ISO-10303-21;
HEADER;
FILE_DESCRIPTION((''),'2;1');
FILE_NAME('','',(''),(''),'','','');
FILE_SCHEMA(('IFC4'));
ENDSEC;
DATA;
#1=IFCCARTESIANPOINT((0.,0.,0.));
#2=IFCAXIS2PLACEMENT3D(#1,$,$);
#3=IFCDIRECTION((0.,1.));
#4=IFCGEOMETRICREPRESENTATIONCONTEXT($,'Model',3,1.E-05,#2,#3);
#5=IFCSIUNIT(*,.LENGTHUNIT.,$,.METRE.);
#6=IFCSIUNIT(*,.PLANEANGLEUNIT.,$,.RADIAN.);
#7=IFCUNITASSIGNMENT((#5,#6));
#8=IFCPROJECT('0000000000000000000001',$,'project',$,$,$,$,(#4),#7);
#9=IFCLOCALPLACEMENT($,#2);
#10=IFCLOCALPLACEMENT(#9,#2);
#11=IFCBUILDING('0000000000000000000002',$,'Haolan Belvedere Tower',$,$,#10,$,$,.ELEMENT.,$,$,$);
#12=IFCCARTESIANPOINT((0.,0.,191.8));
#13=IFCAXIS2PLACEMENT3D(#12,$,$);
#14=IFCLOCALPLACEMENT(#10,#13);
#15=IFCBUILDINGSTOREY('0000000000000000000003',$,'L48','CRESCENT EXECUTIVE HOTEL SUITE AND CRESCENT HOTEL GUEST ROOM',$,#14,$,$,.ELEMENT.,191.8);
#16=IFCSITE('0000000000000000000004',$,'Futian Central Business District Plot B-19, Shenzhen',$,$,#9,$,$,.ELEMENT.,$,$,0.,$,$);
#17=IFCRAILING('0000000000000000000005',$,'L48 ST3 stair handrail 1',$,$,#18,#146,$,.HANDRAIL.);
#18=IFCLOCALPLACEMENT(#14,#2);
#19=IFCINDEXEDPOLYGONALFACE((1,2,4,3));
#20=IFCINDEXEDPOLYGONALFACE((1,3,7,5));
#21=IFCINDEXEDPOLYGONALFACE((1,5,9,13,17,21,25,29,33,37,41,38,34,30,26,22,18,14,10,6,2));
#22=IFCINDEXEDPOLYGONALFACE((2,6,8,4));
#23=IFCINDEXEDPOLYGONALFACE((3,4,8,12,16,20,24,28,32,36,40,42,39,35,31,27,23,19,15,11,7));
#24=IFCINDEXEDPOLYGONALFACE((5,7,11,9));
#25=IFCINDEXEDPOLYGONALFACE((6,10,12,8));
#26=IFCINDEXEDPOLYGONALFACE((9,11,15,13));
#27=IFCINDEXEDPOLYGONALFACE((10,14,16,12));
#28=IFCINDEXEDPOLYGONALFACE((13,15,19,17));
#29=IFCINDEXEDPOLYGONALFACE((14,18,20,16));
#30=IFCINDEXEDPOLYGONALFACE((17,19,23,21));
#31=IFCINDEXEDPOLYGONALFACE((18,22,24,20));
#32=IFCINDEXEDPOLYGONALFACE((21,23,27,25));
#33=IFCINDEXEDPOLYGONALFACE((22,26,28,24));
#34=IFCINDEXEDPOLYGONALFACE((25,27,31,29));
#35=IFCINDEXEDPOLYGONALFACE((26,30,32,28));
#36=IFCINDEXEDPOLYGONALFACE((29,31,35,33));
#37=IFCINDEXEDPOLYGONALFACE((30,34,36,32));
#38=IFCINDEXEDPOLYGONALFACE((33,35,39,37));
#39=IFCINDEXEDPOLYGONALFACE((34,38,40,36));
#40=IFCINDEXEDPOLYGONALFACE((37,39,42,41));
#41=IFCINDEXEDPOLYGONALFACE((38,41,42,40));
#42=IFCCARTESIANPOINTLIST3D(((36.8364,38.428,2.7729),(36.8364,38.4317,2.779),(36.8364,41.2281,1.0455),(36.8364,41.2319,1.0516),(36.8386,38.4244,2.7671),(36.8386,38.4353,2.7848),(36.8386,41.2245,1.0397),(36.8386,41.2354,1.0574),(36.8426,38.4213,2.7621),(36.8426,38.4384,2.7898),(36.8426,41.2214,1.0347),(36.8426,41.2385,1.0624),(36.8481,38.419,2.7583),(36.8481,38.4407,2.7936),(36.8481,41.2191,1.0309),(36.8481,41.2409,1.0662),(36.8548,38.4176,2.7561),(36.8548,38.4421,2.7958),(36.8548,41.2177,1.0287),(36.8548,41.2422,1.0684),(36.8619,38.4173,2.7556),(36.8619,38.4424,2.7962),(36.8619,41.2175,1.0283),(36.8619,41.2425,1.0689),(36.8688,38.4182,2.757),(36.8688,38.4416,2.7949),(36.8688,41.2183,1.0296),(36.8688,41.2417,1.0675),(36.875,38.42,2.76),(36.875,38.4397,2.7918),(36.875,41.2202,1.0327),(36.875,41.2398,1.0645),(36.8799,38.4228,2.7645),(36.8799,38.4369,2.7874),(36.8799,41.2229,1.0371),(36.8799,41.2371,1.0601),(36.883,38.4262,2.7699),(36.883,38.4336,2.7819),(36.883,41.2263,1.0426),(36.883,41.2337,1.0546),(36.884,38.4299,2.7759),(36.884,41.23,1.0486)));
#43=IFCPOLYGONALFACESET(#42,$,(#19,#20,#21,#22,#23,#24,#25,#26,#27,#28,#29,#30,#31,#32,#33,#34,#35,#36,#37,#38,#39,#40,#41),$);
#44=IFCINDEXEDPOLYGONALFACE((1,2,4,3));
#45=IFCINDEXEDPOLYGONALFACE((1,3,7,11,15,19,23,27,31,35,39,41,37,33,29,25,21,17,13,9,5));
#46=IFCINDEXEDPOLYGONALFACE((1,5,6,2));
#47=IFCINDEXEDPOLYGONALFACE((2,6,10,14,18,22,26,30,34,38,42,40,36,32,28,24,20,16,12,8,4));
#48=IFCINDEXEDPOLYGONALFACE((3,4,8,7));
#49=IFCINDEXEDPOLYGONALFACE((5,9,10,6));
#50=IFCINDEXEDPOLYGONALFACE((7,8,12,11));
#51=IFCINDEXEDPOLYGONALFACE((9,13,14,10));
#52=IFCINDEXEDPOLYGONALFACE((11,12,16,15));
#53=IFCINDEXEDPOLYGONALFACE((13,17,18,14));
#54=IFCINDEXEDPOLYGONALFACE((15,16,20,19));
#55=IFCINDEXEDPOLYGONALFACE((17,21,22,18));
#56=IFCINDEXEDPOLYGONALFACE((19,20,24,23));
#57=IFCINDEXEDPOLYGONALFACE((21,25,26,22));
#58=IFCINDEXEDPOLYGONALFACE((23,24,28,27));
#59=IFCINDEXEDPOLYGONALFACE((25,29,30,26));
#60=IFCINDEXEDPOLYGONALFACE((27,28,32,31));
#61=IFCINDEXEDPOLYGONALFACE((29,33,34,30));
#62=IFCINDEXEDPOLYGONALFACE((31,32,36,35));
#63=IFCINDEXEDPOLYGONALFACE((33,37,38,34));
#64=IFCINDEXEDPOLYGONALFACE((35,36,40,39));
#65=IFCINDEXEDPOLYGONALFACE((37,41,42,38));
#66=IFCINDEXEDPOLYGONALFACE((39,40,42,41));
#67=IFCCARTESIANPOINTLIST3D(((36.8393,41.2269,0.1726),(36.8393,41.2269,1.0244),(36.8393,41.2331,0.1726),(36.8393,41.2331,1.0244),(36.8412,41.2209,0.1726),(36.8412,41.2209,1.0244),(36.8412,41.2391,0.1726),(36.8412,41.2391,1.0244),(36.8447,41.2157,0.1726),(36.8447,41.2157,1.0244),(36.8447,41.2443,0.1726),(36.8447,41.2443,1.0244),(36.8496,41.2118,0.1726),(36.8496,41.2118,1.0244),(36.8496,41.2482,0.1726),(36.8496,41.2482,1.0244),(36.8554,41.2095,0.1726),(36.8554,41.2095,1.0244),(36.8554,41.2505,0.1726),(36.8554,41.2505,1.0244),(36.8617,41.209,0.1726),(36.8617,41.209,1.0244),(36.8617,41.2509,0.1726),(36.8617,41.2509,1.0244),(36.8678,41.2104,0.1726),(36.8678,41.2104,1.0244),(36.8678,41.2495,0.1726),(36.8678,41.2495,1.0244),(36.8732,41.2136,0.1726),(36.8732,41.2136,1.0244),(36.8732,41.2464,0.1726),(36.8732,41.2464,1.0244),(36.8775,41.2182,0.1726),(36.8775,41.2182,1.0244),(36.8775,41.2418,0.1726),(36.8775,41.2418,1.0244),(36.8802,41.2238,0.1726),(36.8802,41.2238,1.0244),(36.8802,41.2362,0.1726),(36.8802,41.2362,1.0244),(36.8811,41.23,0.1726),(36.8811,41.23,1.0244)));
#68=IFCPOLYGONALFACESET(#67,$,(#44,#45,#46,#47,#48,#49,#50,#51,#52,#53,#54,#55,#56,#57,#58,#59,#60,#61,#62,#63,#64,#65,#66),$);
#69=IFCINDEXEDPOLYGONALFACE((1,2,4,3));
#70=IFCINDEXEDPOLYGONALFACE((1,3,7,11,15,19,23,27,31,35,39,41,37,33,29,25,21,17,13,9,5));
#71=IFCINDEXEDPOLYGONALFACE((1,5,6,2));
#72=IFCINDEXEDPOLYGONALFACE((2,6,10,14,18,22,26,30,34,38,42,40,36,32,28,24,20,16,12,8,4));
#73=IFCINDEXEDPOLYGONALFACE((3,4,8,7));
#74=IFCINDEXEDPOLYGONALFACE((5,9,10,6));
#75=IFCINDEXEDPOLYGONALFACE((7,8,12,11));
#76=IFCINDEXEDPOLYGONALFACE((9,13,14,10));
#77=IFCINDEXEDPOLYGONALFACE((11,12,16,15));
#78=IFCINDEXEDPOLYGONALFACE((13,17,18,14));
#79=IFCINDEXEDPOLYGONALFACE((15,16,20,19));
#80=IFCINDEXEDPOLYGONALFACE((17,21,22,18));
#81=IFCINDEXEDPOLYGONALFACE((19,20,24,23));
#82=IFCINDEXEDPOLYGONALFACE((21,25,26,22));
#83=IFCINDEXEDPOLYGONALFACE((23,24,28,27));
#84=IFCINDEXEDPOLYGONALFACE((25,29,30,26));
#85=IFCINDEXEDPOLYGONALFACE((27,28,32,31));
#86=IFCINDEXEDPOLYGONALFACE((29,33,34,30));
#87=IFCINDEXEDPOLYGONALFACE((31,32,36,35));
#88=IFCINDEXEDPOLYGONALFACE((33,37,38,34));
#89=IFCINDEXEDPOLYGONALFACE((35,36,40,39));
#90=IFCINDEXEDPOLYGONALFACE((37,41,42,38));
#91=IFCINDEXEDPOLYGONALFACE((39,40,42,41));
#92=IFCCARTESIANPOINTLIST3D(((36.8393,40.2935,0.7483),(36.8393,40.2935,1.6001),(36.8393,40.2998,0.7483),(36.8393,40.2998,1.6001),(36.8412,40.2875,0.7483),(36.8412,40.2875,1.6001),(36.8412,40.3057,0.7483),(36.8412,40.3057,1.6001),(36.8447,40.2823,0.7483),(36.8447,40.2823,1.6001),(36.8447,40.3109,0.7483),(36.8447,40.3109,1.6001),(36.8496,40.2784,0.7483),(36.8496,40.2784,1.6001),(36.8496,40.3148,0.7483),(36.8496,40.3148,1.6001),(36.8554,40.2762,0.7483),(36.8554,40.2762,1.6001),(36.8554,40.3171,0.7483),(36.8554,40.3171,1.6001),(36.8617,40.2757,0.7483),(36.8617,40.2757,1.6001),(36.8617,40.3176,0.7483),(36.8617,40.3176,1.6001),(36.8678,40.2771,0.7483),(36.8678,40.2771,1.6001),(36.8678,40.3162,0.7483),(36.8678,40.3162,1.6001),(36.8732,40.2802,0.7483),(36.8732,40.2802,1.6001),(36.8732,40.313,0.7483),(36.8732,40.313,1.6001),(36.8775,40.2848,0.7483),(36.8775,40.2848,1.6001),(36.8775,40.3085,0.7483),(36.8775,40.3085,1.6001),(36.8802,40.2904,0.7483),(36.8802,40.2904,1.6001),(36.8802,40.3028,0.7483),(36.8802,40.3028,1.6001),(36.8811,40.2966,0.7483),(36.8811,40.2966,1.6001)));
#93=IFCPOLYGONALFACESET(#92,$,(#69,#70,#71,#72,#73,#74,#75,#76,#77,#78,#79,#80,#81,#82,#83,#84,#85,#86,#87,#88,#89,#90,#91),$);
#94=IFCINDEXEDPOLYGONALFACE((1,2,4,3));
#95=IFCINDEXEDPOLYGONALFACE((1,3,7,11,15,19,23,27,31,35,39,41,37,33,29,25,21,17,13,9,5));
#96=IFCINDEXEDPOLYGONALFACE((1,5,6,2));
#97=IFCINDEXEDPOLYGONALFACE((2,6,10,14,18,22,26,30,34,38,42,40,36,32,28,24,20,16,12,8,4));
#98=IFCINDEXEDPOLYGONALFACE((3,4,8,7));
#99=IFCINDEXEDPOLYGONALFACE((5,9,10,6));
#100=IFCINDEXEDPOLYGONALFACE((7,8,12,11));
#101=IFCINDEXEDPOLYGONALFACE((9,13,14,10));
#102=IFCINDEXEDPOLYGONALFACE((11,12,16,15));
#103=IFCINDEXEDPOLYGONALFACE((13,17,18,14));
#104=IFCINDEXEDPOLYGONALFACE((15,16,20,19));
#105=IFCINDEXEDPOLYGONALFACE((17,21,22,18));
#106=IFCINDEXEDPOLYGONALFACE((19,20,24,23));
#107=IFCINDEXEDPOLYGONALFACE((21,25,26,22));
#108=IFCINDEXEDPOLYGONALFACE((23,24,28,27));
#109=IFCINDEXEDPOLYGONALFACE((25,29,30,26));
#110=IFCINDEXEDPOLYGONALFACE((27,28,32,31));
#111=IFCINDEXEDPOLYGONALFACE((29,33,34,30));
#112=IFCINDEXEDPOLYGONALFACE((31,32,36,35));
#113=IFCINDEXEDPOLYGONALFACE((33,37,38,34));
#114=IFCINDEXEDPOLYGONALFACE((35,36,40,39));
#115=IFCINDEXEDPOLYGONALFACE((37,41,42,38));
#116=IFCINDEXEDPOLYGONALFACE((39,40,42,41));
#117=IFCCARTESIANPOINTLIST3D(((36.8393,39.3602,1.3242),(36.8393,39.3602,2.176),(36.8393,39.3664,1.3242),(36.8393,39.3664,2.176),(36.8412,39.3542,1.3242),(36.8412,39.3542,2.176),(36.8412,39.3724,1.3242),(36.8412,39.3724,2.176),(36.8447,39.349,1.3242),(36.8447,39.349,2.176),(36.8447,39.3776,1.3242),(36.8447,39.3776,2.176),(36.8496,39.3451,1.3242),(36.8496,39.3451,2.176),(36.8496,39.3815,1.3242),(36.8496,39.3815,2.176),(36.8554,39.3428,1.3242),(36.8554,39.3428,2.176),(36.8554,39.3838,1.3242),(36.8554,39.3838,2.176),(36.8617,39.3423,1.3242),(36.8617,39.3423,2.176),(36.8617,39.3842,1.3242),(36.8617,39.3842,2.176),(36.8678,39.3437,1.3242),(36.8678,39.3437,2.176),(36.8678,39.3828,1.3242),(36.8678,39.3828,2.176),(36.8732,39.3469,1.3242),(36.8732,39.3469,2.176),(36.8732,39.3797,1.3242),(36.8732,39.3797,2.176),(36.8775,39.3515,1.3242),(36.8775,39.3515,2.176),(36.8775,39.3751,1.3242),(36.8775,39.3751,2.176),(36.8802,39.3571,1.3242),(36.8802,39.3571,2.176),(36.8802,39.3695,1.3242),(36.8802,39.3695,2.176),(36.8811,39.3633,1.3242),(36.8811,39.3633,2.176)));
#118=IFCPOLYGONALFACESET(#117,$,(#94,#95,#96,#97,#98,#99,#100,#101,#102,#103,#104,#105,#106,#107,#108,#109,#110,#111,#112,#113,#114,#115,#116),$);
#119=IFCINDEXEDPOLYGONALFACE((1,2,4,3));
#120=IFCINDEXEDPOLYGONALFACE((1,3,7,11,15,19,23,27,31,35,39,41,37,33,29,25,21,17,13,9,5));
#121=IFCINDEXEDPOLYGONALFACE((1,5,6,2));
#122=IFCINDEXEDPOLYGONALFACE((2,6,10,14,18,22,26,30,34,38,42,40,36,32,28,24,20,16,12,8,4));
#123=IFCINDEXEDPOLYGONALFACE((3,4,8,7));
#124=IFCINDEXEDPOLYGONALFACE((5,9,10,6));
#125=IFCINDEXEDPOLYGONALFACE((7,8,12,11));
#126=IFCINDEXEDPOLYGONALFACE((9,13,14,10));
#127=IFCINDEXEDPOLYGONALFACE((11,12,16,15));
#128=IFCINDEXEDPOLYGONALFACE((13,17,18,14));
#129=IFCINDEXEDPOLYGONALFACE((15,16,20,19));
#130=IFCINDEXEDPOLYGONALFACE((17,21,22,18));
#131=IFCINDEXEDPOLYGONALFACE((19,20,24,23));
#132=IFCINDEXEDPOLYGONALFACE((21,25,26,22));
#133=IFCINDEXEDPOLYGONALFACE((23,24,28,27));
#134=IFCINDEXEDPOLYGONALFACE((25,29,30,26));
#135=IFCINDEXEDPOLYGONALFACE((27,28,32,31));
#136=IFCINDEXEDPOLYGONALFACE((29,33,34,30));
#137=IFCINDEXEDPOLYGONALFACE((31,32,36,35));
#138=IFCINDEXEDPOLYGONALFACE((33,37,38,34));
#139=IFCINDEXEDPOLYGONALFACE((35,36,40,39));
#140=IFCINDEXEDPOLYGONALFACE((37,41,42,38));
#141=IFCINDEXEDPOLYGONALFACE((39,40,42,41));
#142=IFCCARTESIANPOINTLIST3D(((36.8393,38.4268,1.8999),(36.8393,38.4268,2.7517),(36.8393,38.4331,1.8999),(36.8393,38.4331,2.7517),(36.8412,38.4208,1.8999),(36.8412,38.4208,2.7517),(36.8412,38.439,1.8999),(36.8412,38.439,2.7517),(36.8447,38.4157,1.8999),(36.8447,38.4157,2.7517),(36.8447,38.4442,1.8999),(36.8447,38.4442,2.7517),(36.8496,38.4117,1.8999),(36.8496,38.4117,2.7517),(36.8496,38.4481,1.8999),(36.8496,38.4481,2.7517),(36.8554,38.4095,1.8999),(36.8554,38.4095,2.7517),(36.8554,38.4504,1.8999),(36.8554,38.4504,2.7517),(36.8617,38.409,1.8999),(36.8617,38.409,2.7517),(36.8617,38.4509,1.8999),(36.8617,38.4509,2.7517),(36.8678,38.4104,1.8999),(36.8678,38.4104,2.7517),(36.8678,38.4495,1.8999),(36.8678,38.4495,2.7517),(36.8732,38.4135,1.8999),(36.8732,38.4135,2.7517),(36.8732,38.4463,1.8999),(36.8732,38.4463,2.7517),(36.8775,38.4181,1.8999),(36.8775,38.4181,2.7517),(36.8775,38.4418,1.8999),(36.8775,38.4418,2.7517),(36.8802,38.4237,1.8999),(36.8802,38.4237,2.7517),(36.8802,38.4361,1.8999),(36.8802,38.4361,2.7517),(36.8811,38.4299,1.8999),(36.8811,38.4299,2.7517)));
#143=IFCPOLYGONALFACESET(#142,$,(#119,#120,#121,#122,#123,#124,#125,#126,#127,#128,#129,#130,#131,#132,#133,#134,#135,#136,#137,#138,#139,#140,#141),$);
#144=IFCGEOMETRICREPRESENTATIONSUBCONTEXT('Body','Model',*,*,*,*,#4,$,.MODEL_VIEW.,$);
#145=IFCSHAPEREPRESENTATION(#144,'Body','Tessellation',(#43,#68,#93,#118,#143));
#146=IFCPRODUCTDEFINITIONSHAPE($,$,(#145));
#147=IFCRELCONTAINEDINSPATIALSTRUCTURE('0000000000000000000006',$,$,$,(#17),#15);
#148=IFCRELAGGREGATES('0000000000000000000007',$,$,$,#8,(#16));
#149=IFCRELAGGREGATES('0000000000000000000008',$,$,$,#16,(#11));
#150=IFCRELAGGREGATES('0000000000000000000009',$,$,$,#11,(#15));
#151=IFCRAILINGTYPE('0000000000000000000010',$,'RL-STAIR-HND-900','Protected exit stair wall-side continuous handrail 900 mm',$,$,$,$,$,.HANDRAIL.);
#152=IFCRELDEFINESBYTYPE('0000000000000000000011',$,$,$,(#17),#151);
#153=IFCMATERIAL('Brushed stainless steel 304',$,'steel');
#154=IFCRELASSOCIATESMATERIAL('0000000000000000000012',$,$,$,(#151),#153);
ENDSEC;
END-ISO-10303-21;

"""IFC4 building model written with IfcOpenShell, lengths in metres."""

from ifc_helpers import new_model, si_unit, direction, frame, origin, origin_2d, place, context, subcontext, project, spatial, circle, extrude, material, type_object, element, save


model = new_model("IFC4")

# Units and contexts
model_context = context("Model", 3, precision=1e-05, world=origin(), true_north=direction((0.0, 1.0)))
body_context = subcontext(model_context, "Body", "Model", "MODEL_VIEW")
ifc_project = project(units=[si_unit("LENGTHUNIT", "METRE"), si_unit("PLANEANGLEUNIT", "RADIAN")], contexts=[model_context])

# Site, building, storey
site_placement = place(None, origin())
site = spatial("IfcSite", under=ifc_project, at=site_placement, Name="Futian Central Business District Plot B-19, Shenzhen", CompositionType="ELEMENT", RefElevation=0.0)
building_placement = place(site_placement, origin())
building = spatial("IfcBuilding", under=site, at=building_placement, Name="Haolan Belvedere Tower", CompositionType="ELEMENT")
storey_placement = place(building_placement, frame((0.0, 0.0, 191.8)))
storey = spatial("IfcBuildingStorey", under=building, at=storey_placement, Name="L48", Description="CRESCENT EXECUTIVE HOTEL SUITE AND CRESCENT HOTEL GUEST ROOM", CompositionType="ELEMENT", Elevation=191.8)

# Railing
ifc_material_1 = material(Name="Brushed stainless steel 304", Category="steel")
railing_type_1 = type_object("IfcRailingType", Name="RL-STAIR-HND-900", Description="Protected exit stair wall-side continuous handrail 900 mm", PredefinedType="HANDRAIL", material=ifc_material_1)
railing_1_placement = place(storey_placement, frame((36.8601, 41.23, 0.1726)))
element("IfcRailing", 1, at=railing_1_placement, inside=storey, type_object=railing_type_1, Name="L48 ST3 stair handrail 1", PredefinedType="HANDRAIL", context=body_context, shape_type="SweptSolid", body=[
    extrude(circle(Radius=0.0239, at=origin_2d()), frame((0.0, 0.0, 0.876), z_axis=(0.0, -0.85109, 0.52502), x_axis=(1.0, 0.0, 0.0)), (0.0, 0.0, 1.0), 3.29),
    extrude(circle(Radius=0.021, at=origin_2d()), origin(), (0.0, 0.0, 1.0), 0.8518),
    extrude(circle(Radius=0.021, at=origin_2d()), frame((0.0, -0.9333, 0.5757)), (0.0, 0.0, 1.0), 0.8518),
    extrude(circle(Radius=0.021, at=origin_2d()), frame((0.0, -1.8667, 1.1516)), (0.0, 0.0, 1.0), 0.8518),
    extrude(circle(Radius=0.021, at=origin_2d()), frame((0.0, -2.8, 1.7273)), (0.0, 0.0, 1.0), 0.8518),
])

save(model, "model.ifc")
